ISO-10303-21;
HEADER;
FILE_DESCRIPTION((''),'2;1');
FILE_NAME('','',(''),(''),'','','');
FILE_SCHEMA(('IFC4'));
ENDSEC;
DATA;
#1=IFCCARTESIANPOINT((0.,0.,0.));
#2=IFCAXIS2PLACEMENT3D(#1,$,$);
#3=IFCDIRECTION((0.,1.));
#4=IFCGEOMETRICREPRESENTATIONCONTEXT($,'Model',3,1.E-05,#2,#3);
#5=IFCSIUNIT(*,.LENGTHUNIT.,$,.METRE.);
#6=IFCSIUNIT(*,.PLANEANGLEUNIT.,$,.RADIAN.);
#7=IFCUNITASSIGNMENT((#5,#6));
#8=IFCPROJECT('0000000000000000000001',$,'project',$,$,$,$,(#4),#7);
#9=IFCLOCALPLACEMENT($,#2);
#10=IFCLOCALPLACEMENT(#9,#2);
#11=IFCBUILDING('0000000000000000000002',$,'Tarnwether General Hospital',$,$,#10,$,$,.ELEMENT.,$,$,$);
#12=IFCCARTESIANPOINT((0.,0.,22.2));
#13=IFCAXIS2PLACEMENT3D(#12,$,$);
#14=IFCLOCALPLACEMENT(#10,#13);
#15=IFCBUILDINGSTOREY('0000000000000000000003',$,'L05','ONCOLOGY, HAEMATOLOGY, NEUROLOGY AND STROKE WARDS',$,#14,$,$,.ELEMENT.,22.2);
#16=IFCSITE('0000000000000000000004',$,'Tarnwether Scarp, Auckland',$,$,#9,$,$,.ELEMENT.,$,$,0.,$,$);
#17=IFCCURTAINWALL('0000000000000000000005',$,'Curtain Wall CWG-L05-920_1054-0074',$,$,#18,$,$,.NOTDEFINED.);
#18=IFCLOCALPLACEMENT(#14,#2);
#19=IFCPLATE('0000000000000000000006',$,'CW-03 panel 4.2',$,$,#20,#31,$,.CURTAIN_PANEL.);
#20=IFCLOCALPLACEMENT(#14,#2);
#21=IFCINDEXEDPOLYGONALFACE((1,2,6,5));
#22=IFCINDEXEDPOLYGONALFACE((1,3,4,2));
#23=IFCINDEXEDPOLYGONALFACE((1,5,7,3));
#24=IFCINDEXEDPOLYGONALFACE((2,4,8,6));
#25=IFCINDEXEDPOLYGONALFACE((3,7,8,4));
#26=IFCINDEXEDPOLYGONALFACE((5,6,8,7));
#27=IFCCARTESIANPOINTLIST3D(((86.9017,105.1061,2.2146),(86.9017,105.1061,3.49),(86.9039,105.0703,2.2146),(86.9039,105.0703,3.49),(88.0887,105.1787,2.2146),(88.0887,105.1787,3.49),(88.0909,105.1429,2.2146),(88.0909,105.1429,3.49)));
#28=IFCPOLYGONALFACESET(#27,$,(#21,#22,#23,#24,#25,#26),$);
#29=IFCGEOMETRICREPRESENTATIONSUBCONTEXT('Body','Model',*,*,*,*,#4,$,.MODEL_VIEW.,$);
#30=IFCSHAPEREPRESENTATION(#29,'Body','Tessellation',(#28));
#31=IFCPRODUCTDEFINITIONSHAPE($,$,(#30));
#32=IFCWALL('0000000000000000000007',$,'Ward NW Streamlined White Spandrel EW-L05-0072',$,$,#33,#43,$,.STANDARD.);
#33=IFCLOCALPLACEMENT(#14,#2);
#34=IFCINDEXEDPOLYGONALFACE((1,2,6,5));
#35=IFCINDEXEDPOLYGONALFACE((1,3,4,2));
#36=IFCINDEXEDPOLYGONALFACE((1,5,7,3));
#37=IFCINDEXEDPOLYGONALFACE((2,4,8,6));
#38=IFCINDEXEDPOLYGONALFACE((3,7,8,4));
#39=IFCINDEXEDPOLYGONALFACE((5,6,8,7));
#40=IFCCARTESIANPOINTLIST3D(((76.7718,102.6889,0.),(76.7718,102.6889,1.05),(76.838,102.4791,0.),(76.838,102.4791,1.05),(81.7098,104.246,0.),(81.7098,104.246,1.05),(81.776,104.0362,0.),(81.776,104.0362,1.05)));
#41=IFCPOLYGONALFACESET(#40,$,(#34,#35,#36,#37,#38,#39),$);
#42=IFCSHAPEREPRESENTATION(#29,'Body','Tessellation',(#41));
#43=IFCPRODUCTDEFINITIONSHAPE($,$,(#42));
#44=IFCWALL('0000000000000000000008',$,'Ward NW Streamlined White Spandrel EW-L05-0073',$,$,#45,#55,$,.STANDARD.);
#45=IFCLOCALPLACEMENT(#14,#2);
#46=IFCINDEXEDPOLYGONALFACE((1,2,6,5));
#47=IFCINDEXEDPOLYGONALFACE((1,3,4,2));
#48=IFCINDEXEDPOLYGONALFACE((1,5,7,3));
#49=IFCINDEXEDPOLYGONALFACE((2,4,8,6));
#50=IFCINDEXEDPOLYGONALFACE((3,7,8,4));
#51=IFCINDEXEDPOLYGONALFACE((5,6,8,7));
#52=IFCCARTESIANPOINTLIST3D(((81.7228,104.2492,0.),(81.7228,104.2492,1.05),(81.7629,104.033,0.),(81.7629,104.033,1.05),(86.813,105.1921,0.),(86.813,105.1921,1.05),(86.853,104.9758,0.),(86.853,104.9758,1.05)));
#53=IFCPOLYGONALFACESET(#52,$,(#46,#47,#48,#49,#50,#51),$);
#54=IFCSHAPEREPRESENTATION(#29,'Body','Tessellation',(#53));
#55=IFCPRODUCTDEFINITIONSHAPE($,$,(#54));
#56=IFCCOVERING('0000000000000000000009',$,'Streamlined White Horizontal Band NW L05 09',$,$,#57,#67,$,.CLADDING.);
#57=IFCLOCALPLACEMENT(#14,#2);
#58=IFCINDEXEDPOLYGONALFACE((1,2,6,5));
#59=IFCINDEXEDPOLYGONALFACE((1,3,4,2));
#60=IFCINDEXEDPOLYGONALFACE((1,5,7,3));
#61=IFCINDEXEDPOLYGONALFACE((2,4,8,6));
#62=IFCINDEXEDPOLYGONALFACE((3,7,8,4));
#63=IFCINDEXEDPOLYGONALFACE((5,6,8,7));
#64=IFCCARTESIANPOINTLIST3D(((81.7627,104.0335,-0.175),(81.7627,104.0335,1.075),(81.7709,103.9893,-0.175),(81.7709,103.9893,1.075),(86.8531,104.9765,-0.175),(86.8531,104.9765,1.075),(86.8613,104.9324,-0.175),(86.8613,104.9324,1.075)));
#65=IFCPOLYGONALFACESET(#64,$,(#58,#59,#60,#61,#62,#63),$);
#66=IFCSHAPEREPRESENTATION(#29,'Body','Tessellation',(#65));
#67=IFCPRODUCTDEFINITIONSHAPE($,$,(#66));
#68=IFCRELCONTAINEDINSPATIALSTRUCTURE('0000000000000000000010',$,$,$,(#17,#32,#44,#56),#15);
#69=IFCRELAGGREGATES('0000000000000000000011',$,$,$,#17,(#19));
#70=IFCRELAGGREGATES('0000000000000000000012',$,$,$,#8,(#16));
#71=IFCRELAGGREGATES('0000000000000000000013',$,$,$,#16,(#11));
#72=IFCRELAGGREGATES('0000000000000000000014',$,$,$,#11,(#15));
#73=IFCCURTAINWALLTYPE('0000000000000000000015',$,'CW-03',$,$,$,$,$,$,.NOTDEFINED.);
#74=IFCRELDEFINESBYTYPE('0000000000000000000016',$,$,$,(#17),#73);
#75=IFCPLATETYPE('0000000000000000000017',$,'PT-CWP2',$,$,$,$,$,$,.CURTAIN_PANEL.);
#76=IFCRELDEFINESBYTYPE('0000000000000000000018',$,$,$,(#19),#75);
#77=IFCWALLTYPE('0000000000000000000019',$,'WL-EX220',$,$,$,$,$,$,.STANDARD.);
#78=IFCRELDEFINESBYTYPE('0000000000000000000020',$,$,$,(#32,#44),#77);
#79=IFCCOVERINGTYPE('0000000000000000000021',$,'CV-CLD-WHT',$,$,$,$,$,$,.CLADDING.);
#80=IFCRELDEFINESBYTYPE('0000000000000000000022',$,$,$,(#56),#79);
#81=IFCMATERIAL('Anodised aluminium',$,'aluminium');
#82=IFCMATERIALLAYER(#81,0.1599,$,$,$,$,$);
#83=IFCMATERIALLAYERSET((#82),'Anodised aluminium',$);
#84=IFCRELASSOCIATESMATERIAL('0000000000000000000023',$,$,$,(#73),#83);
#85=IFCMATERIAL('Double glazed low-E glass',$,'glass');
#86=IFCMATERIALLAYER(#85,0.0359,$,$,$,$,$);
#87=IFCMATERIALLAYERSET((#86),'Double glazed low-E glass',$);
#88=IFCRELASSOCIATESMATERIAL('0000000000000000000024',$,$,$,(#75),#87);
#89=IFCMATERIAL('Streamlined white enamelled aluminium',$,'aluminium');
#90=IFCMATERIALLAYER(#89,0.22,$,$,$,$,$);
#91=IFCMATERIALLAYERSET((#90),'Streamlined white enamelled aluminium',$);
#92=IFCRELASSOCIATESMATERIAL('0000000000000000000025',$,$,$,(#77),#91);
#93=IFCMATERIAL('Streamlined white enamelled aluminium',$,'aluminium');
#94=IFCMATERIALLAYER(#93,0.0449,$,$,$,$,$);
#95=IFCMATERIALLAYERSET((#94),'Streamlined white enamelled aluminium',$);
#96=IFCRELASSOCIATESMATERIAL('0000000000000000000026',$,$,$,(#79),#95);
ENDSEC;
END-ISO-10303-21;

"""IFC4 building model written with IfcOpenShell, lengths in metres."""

from ifc_helpers import new_model, si_unit, direction, frame, frame_2d, origin, origin_2d, place, context, subcontext, project, spatial, rectangle, extrude, material, layer, layer_set, type_object, element, aggregate, save


model = new_model("IFC4")

# Units and contexts
model_context = context("Model", 3, precision=1e-05, world=origin(), true_north=direction((0.0, 1.0)))
body_context = subcontext(model_context, "Body", "Model", "MODEL_VIEW")
ifc_project = project(units=[si_unit("LENGTHUNIT", "METRE"), si_unit("PLANEANGLEUNIT", "RADIAN")], contexts=[model_context])

# Site, building, storey
site_placement = place(None, origin())
site = spatial("IfcSite", under=ifc_project, at=site_placement, Name="Tarnwether Scarp, Auckland", CompositionType="ELEMENT", RefElevation=0.0)
building_placement = place(site_placement, origin())
building = spatial("IfcBuilding", under=site, at=building_placement, Name="Tarnwether General Hospital", CompositionType="ELEMENT")
storey_placement = place(building_placement, frame((0.0, 0.0, 22.2)))
storey = spatial("IfcBuildingStorey", under=building, at=storey_placement, Name="L05", Description="ONCOLOGY, HAEMATOLOGY, NEUROLOGY AND STROKE WARDS", CompositionType="ELEMENT", Elevation=22.2)

# Shared definitions
ifc_material_1 = material(Name="Anodised aluminium", Category="aluminium")
ifc_layer_1 = layer(ifc_material_1, 0.1599)
ifc_layer_set_1 = layer_set([ifc_layer_1], Name="Anodised aluminium")
curtain_wall_type = type_object("IfcCurtainWallType", Name="CW-03", PredefinedType="NOTDEFINED", material=ifc_layer_set_1)

# Curtain wall
curtain_wall_1_placement = place(storey_placement, origin())
curtain_wall_1 = element("IfcCurtainWall", 1, at=curtain_wall_1_placement, inside=storey, type_object=curtain_wall_type, Name="Curtain Wall CWG-L05-920_1054-0074", PredefinedType="NOTDEFINED")

# Plate
ifc_material_2 = material(Name="Double glazed low-E glass", Category="glass")
ifc_layer_2 = layer(ifc_material_2, 0.0359)
ifc_layer_set_2 = layer_set([ifc_layer_2], Name="Double glazed low-E glass")
plate_type_1 = type_object("IfcPlateType", Name="PT-CWP2", PredefinedType="CURTAIN_PANEL", material=ifc_layer_set_2)
plate_1_placement = place(storey_placement, frame((87.4963, 105.1245, 2.2146), z_axis=(0.0, 0.0, 1.0), x_axis=(-0.998135, -0.061043, 0.0)))
plate_1 = element("IfcPlate", 2, at=plate_1_placement, type_object=plate_type_1, Name="CW-03 panel 4.2", PredefinedType="CURTAIN_PANEL", context=body_context, shape_type="SweptSolid", body=[
    extrude(rectangle(XDim=1.1892, YDim=0.0359, at=origin_2d()), origin(), (0.0, 0.0, 1.0), 1.2754),
])
aggregate(curtain_wall_1, [plate_1])

# Walls
ifc_material_3 = material(Name="Streamlined white enamelled aluminium", Category="aluminium")
ifc_layer_3 = layer(ifc_material_3, 0.22)
ifc_layer_set_3 = layer_set([ifc_layer_3], Name="Streamlined white enamelled aluminium")
wall_type = type_object("IfcWallType", Name="WL-EX220", PredefinedType="STANDARD", material=ifc_layer_set_3)
wall_1_placement = place(storey_placement, frame((81.7429, 104.1411, 0.0), z_axis=(0.0, 0.0, 1.0), x_axis=(-0.953707, -0.300739, 0.0)))
element("IfcWall", 3, at=wall_1_placement, inside=storey, type_object=wall_type, Name="Ward NW Streamlined White Spandrel EW-L05-0072", PredefinedType="STANDARD", context=body_context, shape_type="SweptSolid", body=[
    extrude(rectangle(XDim=5.1777, YDim=0.22, at=frame_2d((2.5889, 0.0))), origin(), (0.0, 0.0, 1.0), 1.05),
])
wall_2_placement = place(storey_placement, frame((86.833, 105.084, 0.0), z_axis=(0.0, 0.0, 1.0), x_axis=(-0.983273, -0.182138, 0.0)))
element("IfcWall", 4, at=wall_2_placement, inside=storey, type_object=wall_type, Name="Ward NW Streamlined White Spandrel EW-L05-0073", PredefinedType="STANDARD", context=body_context, shape_type="SweptSolid", body=[
    extrude(rectangle(XDim=5.1768, YDim=0.22, at=frame_2d((2.5884, 0.0))), origin(), (0.0, 0.0, 1.0), 1.05),
])

# Covering
ifc_material_4 = material(Name="Streamlined white enamelled aluminium", Category="aluminium")
ifc_layer_4 = layer(ifc_material_4, 0.0449)
ifc_layer_set_4 = layer_set([ifc_layer_4], Name="Streamlined white enamelled aluminium")
covering_type = type_object("IfcCoveringType", Name="CV-CLD-WHT", PredefinedType="CLADDING", material=ifc_layer_set_4)
covering_placement = place(storey_placement, frame((84.312, 104.4829, -0.175), z_axis=(0.0, 0.0, 1.0), x_axis=(-0.983268, -0.182167, 0.0)))
element("IfcCovering", 5, at=covering_placement, inside=storey, type_object=covering_type, Name="Streamlined White Horizontal Band NW L05 09", PredefinedType="CLADDING", context=body_context, shape_type="SweptSolid", body=[
    extrude(rectangle(XDim=5.177, YDim=0.0449, at=origin_2d()), origin(), (0.0, 0.0, 1.0), 1.25),
])

save(model, "model.ifc")
